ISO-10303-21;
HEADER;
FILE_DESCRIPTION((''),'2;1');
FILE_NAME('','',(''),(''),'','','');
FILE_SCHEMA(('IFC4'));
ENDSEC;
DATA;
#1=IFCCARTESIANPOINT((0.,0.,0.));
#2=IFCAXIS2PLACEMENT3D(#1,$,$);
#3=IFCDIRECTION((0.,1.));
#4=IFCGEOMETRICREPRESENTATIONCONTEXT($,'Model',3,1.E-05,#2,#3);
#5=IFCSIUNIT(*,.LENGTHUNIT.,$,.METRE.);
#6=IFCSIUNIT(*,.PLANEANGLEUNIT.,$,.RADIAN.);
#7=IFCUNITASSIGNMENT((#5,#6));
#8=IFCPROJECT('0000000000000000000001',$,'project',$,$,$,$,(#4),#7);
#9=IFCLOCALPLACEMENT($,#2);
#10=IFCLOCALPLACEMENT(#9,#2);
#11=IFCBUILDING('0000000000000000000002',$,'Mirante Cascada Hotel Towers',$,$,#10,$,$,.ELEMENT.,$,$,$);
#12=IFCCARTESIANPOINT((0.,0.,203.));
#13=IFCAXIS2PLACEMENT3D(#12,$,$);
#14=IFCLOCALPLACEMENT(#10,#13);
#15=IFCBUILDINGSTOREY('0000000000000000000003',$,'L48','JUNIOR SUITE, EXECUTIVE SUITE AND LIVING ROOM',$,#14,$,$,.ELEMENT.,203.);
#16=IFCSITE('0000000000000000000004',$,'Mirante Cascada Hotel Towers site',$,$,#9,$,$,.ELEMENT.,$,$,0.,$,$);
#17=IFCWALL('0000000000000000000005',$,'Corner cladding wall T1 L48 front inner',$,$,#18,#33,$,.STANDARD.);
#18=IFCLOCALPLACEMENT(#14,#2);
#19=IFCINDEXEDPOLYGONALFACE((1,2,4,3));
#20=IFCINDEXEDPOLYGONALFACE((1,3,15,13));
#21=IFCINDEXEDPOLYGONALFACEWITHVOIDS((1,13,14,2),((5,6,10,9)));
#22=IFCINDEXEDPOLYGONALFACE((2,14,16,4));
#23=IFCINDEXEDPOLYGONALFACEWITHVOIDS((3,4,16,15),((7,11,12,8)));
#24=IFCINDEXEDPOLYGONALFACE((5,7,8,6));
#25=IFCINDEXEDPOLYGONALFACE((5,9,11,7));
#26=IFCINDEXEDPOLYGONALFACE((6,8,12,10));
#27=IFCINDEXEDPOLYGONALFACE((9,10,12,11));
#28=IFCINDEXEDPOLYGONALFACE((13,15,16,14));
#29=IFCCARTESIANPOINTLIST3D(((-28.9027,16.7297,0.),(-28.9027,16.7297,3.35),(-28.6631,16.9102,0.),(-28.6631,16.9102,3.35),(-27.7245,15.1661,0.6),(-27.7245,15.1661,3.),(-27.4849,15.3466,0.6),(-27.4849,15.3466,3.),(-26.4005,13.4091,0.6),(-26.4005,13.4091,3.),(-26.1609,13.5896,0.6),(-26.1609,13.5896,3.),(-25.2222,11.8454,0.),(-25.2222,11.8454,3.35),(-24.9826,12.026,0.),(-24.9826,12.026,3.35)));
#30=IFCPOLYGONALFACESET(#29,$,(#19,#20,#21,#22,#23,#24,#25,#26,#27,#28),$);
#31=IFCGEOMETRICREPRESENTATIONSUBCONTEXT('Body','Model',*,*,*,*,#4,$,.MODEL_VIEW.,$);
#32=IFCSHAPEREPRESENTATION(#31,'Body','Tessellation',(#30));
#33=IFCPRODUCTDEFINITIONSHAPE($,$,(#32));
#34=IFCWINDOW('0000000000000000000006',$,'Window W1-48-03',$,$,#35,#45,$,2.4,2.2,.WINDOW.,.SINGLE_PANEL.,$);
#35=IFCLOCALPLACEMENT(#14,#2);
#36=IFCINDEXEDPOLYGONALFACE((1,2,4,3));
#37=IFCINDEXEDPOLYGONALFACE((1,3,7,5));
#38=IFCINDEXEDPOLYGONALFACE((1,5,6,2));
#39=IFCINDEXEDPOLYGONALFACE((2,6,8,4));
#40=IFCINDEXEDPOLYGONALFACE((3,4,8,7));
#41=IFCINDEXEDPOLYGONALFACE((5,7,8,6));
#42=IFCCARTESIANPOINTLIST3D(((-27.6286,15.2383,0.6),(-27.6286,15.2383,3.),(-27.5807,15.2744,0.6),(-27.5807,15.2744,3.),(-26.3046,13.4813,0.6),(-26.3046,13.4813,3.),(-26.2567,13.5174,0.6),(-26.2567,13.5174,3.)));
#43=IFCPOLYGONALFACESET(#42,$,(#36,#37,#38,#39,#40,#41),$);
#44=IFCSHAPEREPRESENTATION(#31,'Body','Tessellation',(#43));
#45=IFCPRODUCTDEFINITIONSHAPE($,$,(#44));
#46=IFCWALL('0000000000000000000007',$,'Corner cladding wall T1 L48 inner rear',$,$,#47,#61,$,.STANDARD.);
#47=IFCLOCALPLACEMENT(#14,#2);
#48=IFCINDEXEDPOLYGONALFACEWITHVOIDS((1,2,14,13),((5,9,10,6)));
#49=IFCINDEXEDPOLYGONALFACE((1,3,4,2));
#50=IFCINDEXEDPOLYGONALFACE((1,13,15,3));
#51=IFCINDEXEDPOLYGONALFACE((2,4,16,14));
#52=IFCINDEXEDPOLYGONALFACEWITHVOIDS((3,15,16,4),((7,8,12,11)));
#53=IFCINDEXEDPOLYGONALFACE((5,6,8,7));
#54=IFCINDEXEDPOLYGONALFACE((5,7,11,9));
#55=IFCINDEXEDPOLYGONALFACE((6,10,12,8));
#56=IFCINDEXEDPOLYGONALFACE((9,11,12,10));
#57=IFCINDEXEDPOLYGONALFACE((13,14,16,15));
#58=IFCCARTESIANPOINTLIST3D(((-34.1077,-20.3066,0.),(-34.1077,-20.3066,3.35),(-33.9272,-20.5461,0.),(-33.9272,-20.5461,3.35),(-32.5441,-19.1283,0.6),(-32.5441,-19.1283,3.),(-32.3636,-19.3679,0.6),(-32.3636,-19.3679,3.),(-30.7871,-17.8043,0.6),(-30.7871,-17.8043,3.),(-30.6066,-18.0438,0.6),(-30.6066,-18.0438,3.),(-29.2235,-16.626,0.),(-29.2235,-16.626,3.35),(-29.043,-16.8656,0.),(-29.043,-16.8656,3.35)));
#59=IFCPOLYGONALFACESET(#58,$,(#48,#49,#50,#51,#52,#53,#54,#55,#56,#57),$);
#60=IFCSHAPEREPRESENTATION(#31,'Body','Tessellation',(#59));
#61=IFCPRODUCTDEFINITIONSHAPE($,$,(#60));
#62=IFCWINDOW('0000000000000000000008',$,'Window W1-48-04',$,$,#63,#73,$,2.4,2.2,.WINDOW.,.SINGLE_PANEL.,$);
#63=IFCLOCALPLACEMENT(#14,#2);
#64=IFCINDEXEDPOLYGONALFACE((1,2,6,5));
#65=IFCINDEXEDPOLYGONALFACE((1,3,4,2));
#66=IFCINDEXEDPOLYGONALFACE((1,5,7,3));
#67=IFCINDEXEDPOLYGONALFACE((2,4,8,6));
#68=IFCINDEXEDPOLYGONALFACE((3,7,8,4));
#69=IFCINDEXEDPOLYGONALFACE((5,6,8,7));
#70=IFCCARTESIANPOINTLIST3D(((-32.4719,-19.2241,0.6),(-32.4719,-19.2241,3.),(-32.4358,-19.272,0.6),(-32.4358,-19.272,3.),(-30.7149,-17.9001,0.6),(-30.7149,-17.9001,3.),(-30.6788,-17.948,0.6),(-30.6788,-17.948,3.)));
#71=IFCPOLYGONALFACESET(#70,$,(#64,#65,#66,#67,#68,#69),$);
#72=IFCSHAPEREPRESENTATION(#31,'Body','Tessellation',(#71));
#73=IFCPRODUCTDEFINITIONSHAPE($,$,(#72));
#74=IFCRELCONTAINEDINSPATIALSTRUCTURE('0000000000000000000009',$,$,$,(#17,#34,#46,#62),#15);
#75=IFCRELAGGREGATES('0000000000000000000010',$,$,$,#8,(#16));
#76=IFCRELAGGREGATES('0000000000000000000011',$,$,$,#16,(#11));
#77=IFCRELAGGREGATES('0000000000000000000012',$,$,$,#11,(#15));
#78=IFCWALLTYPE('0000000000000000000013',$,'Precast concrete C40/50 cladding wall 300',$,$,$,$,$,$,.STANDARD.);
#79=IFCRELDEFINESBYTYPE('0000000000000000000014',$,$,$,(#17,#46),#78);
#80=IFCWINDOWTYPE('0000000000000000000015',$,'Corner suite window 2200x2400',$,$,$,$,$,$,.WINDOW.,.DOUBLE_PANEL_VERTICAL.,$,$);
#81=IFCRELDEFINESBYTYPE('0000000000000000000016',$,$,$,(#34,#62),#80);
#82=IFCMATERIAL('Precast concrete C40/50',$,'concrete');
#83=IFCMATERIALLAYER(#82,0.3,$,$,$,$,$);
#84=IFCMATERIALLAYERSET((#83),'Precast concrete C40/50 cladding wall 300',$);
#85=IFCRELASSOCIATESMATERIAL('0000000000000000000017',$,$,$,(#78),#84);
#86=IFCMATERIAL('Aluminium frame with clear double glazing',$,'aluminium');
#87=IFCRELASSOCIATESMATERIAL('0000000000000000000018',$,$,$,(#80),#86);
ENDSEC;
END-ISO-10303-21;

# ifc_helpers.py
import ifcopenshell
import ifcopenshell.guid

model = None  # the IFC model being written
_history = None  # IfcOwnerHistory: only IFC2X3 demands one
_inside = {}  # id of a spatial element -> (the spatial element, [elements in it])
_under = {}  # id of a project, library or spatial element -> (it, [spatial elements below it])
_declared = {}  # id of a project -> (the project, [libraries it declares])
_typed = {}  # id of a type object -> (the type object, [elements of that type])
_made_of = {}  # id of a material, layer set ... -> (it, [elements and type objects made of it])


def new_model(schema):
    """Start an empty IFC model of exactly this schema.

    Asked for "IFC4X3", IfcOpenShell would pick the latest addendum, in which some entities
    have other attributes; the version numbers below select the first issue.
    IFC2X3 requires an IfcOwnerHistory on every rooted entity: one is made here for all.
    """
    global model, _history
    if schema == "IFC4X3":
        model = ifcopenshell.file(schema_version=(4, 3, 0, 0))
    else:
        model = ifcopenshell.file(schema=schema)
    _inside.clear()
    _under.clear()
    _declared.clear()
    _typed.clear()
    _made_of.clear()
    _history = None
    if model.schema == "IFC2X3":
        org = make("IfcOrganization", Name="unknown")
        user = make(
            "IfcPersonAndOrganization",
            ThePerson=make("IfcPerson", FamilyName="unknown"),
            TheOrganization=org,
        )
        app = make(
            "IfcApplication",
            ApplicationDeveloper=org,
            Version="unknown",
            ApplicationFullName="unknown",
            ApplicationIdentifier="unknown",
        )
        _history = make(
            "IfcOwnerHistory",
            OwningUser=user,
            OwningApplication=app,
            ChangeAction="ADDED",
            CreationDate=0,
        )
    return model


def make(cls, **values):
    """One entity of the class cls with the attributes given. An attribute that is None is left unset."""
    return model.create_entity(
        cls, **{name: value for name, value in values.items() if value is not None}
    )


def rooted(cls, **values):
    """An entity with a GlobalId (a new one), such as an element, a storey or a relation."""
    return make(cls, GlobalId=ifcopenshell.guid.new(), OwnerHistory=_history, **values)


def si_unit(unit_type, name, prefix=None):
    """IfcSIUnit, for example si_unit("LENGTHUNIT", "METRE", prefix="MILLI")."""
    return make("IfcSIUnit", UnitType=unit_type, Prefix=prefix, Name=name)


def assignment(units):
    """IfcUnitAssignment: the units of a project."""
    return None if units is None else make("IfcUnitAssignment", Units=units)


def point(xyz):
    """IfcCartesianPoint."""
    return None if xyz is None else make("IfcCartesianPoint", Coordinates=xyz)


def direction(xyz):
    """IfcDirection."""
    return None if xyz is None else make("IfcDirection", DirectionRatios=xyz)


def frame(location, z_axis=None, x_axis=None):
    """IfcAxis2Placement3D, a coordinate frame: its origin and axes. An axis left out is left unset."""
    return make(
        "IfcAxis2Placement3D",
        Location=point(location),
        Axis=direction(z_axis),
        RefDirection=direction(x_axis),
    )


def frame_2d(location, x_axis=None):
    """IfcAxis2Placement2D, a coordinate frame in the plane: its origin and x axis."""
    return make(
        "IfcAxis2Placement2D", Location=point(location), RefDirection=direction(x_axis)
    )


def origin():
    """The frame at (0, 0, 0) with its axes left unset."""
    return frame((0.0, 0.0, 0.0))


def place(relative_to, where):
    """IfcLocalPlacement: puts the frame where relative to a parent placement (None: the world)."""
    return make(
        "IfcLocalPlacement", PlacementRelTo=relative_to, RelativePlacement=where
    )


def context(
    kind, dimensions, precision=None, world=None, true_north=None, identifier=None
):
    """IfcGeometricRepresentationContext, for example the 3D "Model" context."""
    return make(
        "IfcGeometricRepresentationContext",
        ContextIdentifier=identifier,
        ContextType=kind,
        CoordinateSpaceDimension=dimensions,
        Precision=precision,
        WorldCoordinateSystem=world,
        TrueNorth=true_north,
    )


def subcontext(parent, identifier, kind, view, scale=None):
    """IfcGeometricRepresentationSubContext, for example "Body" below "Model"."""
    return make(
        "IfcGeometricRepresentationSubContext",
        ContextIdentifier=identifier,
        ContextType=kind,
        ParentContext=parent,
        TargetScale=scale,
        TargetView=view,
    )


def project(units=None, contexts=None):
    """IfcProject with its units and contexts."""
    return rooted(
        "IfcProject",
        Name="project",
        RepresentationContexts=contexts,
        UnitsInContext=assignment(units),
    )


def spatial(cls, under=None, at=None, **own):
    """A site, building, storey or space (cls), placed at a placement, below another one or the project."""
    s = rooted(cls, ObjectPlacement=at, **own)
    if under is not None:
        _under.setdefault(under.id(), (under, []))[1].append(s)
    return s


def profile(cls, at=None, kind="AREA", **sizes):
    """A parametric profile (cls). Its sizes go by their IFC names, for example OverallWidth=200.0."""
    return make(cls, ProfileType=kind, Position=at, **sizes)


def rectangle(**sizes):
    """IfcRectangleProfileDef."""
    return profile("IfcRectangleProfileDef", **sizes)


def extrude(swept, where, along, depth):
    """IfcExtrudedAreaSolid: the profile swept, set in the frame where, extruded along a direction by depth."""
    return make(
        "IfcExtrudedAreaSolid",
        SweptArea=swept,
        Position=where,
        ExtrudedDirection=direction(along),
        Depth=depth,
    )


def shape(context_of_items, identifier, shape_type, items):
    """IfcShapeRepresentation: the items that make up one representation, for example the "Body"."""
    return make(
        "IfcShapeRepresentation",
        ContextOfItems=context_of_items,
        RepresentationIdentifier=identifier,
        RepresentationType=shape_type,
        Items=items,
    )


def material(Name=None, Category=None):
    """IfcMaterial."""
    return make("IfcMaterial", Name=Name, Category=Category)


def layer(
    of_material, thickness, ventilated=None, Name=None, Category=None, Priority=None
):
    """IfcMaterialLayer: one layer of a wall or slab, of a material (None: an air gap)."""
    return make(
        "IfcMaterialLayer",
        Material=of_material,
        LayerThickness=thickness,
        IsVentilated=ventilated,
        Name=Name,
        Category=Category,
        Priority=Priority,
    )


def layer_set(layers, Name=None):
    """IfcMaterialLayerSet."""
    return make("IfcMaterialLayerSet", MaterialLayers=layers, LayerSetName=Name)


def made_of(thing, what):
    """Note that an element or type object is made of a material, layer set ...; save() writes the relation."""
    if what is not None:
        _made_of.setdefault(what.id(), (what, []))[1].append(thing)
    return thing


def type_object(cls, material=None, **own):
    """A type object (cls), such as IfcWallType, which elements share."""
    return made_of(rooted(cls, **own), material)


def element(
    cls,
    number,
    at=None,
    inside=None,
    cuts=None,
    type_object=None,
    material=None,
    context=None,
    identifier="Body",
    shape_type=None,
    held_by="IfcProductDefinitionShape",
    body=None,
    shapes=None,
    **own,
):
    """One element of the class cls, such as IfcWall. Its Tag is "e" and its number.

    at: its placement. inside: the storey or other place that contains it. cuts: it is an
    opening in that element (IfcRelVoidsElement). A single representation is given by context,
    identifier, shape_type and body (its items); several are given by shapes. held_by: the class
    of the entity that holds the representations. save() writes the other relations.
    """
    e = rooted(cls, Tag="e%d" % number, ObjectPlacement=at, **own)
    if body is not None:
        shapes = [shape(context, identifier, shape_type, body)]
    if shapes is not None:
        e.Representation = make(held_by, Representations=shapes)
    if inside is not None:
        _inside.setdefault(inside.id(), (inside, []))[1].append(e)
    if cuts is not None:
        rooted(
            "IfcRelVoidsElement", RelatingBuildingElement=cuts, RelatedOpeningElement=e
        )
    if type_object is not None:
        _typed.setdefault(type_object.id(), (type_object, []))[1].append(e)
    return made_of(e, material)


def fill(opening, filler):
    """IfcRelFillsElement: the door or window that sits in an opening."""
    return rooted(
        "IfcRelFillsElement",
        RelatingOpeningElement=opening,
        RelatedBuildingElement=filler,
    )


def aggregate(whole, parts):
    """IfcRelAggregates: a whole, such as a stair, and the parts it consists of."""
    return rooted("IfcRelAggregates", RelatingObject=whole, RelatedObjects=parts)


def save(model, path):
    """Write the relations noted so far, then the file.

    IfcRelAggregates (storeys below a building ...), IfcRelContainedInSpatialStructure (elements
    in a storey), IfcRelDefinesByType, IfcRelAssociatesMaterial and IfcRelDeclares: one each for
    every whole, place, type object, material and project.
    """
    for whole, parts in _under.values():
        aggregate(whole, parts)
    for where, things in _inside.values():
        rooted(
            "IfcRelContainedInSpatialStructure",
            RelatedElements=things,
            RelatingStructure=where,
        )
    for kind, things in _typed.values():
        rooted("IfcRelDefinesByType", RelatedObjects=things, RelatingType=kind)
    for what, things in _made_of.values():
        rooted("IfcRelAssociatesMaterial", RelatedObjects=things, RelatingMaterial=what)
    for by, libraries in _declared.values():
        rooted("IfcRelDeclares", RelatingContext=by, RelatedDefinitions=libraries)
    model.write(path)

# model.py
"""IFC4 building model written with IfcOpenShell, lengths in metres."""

from ifc_helpers import new_model, si_unit, direction, frame, frame_2d, origin, place, context, subcontext, project, spatial, rectangle, extrude, material, layer, layer_set, type_object, element, fill, save


model = new_model("IFC4")

# Units and contexts
model_context = context("Model", 3, precision=1e-05, world=origin(), true_north=direction((0.0, 1.0)))
body_context = subcontext(model_context, "Body", "Model", "MODEL_VIEW")
ifc_project = project(units=[si_unit("LENGTHUNIT", "METRE"), si_unit("PLANEANGLEUNIT", "RADIAN")], contexts=[model_context])

# Site, building, storey
site_placement = place(None, origin())
site = spatial("IfcSite", under=ifc_project, at=site_placement, Name="Mirante Cascada Hotel Towers site", CompositionType="ELEMENT", RefElevation=0.0)
building_placement = place(site_placement, origin())
building = spatial("IfcBuilding", under=site, at=building_placement, Name="Mirante Cascada Hotel Towers", CompositionType="ELEMENT")
storey_placement = place(building_placement, frame((0.0, 0.0, 203.0)))
storey = spatial("IfcBuildingStorey", under=building, at=storey_placement, Name="L48", Description="JUNIOR SUITE, EXECUTIVE SUITE AND LIVING ROOM", CompositionType="ELEMENT", Elevation=203.0)

# Walls, openings, windows
ifc_material_1 = material(Name="Precast concrete C40/50", Category="concrete")
ifc_layer_1 = layer(ifc_material_1, 0.3)
ifc_layer_set_1 = layer_set([ifc_layer_1], Name="Precast concrete C40/50 cladding wall 300")
wall_type_1 = type_object("IfcWallType", Name="Precast concrete C40/50 cladding wall 300", PredefinedType="STANDARD", material=ifc_layer_set_1)
wall_1_placement = place(storey_placement, frame((-28.7829, 16.8199, 0.0), z_axis=(0.0, 0.0, 1.0), x_axis=(0.601814, -0.798636, 0.0)))
wall_1 = element("IfcWall", 1, at=wall_1_placement, inside=storey, type_object=wall_type_1, Name="Corner cladding wall T1 L48 front inner", PredefinedType="STANDARD", context=body_context, shape_type="SweptSolid", body=[
    extrude(rectangle(XDim=6.1157, YDim=0.3, at=frame_2d((3.0578, 0.0))), origin(), (0.0, 0.0, 1.0), 3.35),
])
opening_1_placement = place(wall_1_placement, frame((1.9578, 0.0, 0.6)))
opening_1 = element("IfcOpeningElement", 2, at=opening_1_placement, cuts=wall_1, PredefinedType="OPENING", context=body_context, shape_type="SweptSolid", body=[
    extrude(rectangle(XDim=2.2, YDim=2.4, at=frame_2d((1.1, 1.2))), frame((0.0, 0.15, 0.0), z_axis=(0.0, -1.0, 0.0), x_axis=(1.0, 0.0, 0.0)), (0.0, 0.0, 1.0), 0.3),
])
ifc_material_2 = material(Name="Aluminium frame with clear double glazing", Category="aluminium")
window_type_1 = type_object("IfcWindowType", Name="Corner suite window 2200x2400", PartitioningType="DOUBLE_PANEL_VERTICAL", PredefinedType="WINDOW", material=ifc_material_2)
window_1_placement = place(opening_1_placement, origin())
window_1 = element("IfcWindow", 3, at=window_1_placement, inside=storey, type_object=window_type_1, Name="Window W1-48-03", OverallHeight=2.4, OverallWidth=2.2, PartitioningType="SINGLE_PANEL", PredefinedType="WINDOW", context=body_context, shape_type="SweptSolid", body=[
    extrude(rectangle(XDim=2.2, YDim=2.4, at=frame_2d((1.1, 1.2))), frame((0.0, 0.03, 0.0), z_axis=(0.0, -1.0, 0.0), x_axis=(1.0, 0.0, 0.0)), (0.0, 0.0, 1.0), 0.06),
])
fill(opening_1, window_1)
wall_2_placement = place(storey_placement, frame((-29.1333, -16.7458, 0.0), z_axis=(0.0, 0.0, 1.0), x_axis=(-0.798628, -0.601824, 0.0)))
wall_2 = element("IfcWall", 4, at=wall_2_placement, inside=storey, type_object=wall_type_1, Name="Corner cladding wall T1 L48 inner rear", PredefinedType="STANDARD", context=body_context, shape_type="SweptSolid", body=[
    extrude(rectangle(XDim=6.1157, YDim=0.3, at=frame_2d((3.0578, 0.0))), origin(), (0.0, 0.0, 1.0), 3.35),
])
opening_2_placement = place(wall_2_placement, frame((1.9578, 0.0, 0.6)))
opening_2 = element("IfcOpeningElement", 5, at=opening_2_placement, cuts=wall_2, PredefinedType="OPENING", context=body_context, shape_type="SweptSolid", body=[
    extrude(rectangle(XDim=2.2, YDim=2.4, at=frame_2d((1.1, 1.2))), frame((0.0, 0.15, 0.0), z_axis=(0.0, -1.0, 0.0), x_axis=(1.0, 0.0, 0.0)), (0.0, 0.0, 1.0), 0.3),
])
window_2_placement = place(opening_2_placement, origin())
window_2 = element("IfcWindow", 6, at=window_2_placement, inside=storey, type_object=window_type_1, Name="Window W1-48-04", OverallHeight=2.4, OverallWidth=2.2, PartitioningType="SINGLE_PANEL", PredefinedType="WINDOW", context=body_context, shape_type="SweptSolid", body=[
    extrude(rectangle(XDim=2.2, YDim=2.4, at=frame_2d((1.1, 1.2))), frame((0.0, 0.03, 0.0), z_axis=(0.0, -1.0, 0.0), x_axis=(1.0, 0.0, 0.0)), (0.0, 0.0, 1.0), 0.06),
])
fill(opening_2, window_2)

save(model, "model.ifc")
